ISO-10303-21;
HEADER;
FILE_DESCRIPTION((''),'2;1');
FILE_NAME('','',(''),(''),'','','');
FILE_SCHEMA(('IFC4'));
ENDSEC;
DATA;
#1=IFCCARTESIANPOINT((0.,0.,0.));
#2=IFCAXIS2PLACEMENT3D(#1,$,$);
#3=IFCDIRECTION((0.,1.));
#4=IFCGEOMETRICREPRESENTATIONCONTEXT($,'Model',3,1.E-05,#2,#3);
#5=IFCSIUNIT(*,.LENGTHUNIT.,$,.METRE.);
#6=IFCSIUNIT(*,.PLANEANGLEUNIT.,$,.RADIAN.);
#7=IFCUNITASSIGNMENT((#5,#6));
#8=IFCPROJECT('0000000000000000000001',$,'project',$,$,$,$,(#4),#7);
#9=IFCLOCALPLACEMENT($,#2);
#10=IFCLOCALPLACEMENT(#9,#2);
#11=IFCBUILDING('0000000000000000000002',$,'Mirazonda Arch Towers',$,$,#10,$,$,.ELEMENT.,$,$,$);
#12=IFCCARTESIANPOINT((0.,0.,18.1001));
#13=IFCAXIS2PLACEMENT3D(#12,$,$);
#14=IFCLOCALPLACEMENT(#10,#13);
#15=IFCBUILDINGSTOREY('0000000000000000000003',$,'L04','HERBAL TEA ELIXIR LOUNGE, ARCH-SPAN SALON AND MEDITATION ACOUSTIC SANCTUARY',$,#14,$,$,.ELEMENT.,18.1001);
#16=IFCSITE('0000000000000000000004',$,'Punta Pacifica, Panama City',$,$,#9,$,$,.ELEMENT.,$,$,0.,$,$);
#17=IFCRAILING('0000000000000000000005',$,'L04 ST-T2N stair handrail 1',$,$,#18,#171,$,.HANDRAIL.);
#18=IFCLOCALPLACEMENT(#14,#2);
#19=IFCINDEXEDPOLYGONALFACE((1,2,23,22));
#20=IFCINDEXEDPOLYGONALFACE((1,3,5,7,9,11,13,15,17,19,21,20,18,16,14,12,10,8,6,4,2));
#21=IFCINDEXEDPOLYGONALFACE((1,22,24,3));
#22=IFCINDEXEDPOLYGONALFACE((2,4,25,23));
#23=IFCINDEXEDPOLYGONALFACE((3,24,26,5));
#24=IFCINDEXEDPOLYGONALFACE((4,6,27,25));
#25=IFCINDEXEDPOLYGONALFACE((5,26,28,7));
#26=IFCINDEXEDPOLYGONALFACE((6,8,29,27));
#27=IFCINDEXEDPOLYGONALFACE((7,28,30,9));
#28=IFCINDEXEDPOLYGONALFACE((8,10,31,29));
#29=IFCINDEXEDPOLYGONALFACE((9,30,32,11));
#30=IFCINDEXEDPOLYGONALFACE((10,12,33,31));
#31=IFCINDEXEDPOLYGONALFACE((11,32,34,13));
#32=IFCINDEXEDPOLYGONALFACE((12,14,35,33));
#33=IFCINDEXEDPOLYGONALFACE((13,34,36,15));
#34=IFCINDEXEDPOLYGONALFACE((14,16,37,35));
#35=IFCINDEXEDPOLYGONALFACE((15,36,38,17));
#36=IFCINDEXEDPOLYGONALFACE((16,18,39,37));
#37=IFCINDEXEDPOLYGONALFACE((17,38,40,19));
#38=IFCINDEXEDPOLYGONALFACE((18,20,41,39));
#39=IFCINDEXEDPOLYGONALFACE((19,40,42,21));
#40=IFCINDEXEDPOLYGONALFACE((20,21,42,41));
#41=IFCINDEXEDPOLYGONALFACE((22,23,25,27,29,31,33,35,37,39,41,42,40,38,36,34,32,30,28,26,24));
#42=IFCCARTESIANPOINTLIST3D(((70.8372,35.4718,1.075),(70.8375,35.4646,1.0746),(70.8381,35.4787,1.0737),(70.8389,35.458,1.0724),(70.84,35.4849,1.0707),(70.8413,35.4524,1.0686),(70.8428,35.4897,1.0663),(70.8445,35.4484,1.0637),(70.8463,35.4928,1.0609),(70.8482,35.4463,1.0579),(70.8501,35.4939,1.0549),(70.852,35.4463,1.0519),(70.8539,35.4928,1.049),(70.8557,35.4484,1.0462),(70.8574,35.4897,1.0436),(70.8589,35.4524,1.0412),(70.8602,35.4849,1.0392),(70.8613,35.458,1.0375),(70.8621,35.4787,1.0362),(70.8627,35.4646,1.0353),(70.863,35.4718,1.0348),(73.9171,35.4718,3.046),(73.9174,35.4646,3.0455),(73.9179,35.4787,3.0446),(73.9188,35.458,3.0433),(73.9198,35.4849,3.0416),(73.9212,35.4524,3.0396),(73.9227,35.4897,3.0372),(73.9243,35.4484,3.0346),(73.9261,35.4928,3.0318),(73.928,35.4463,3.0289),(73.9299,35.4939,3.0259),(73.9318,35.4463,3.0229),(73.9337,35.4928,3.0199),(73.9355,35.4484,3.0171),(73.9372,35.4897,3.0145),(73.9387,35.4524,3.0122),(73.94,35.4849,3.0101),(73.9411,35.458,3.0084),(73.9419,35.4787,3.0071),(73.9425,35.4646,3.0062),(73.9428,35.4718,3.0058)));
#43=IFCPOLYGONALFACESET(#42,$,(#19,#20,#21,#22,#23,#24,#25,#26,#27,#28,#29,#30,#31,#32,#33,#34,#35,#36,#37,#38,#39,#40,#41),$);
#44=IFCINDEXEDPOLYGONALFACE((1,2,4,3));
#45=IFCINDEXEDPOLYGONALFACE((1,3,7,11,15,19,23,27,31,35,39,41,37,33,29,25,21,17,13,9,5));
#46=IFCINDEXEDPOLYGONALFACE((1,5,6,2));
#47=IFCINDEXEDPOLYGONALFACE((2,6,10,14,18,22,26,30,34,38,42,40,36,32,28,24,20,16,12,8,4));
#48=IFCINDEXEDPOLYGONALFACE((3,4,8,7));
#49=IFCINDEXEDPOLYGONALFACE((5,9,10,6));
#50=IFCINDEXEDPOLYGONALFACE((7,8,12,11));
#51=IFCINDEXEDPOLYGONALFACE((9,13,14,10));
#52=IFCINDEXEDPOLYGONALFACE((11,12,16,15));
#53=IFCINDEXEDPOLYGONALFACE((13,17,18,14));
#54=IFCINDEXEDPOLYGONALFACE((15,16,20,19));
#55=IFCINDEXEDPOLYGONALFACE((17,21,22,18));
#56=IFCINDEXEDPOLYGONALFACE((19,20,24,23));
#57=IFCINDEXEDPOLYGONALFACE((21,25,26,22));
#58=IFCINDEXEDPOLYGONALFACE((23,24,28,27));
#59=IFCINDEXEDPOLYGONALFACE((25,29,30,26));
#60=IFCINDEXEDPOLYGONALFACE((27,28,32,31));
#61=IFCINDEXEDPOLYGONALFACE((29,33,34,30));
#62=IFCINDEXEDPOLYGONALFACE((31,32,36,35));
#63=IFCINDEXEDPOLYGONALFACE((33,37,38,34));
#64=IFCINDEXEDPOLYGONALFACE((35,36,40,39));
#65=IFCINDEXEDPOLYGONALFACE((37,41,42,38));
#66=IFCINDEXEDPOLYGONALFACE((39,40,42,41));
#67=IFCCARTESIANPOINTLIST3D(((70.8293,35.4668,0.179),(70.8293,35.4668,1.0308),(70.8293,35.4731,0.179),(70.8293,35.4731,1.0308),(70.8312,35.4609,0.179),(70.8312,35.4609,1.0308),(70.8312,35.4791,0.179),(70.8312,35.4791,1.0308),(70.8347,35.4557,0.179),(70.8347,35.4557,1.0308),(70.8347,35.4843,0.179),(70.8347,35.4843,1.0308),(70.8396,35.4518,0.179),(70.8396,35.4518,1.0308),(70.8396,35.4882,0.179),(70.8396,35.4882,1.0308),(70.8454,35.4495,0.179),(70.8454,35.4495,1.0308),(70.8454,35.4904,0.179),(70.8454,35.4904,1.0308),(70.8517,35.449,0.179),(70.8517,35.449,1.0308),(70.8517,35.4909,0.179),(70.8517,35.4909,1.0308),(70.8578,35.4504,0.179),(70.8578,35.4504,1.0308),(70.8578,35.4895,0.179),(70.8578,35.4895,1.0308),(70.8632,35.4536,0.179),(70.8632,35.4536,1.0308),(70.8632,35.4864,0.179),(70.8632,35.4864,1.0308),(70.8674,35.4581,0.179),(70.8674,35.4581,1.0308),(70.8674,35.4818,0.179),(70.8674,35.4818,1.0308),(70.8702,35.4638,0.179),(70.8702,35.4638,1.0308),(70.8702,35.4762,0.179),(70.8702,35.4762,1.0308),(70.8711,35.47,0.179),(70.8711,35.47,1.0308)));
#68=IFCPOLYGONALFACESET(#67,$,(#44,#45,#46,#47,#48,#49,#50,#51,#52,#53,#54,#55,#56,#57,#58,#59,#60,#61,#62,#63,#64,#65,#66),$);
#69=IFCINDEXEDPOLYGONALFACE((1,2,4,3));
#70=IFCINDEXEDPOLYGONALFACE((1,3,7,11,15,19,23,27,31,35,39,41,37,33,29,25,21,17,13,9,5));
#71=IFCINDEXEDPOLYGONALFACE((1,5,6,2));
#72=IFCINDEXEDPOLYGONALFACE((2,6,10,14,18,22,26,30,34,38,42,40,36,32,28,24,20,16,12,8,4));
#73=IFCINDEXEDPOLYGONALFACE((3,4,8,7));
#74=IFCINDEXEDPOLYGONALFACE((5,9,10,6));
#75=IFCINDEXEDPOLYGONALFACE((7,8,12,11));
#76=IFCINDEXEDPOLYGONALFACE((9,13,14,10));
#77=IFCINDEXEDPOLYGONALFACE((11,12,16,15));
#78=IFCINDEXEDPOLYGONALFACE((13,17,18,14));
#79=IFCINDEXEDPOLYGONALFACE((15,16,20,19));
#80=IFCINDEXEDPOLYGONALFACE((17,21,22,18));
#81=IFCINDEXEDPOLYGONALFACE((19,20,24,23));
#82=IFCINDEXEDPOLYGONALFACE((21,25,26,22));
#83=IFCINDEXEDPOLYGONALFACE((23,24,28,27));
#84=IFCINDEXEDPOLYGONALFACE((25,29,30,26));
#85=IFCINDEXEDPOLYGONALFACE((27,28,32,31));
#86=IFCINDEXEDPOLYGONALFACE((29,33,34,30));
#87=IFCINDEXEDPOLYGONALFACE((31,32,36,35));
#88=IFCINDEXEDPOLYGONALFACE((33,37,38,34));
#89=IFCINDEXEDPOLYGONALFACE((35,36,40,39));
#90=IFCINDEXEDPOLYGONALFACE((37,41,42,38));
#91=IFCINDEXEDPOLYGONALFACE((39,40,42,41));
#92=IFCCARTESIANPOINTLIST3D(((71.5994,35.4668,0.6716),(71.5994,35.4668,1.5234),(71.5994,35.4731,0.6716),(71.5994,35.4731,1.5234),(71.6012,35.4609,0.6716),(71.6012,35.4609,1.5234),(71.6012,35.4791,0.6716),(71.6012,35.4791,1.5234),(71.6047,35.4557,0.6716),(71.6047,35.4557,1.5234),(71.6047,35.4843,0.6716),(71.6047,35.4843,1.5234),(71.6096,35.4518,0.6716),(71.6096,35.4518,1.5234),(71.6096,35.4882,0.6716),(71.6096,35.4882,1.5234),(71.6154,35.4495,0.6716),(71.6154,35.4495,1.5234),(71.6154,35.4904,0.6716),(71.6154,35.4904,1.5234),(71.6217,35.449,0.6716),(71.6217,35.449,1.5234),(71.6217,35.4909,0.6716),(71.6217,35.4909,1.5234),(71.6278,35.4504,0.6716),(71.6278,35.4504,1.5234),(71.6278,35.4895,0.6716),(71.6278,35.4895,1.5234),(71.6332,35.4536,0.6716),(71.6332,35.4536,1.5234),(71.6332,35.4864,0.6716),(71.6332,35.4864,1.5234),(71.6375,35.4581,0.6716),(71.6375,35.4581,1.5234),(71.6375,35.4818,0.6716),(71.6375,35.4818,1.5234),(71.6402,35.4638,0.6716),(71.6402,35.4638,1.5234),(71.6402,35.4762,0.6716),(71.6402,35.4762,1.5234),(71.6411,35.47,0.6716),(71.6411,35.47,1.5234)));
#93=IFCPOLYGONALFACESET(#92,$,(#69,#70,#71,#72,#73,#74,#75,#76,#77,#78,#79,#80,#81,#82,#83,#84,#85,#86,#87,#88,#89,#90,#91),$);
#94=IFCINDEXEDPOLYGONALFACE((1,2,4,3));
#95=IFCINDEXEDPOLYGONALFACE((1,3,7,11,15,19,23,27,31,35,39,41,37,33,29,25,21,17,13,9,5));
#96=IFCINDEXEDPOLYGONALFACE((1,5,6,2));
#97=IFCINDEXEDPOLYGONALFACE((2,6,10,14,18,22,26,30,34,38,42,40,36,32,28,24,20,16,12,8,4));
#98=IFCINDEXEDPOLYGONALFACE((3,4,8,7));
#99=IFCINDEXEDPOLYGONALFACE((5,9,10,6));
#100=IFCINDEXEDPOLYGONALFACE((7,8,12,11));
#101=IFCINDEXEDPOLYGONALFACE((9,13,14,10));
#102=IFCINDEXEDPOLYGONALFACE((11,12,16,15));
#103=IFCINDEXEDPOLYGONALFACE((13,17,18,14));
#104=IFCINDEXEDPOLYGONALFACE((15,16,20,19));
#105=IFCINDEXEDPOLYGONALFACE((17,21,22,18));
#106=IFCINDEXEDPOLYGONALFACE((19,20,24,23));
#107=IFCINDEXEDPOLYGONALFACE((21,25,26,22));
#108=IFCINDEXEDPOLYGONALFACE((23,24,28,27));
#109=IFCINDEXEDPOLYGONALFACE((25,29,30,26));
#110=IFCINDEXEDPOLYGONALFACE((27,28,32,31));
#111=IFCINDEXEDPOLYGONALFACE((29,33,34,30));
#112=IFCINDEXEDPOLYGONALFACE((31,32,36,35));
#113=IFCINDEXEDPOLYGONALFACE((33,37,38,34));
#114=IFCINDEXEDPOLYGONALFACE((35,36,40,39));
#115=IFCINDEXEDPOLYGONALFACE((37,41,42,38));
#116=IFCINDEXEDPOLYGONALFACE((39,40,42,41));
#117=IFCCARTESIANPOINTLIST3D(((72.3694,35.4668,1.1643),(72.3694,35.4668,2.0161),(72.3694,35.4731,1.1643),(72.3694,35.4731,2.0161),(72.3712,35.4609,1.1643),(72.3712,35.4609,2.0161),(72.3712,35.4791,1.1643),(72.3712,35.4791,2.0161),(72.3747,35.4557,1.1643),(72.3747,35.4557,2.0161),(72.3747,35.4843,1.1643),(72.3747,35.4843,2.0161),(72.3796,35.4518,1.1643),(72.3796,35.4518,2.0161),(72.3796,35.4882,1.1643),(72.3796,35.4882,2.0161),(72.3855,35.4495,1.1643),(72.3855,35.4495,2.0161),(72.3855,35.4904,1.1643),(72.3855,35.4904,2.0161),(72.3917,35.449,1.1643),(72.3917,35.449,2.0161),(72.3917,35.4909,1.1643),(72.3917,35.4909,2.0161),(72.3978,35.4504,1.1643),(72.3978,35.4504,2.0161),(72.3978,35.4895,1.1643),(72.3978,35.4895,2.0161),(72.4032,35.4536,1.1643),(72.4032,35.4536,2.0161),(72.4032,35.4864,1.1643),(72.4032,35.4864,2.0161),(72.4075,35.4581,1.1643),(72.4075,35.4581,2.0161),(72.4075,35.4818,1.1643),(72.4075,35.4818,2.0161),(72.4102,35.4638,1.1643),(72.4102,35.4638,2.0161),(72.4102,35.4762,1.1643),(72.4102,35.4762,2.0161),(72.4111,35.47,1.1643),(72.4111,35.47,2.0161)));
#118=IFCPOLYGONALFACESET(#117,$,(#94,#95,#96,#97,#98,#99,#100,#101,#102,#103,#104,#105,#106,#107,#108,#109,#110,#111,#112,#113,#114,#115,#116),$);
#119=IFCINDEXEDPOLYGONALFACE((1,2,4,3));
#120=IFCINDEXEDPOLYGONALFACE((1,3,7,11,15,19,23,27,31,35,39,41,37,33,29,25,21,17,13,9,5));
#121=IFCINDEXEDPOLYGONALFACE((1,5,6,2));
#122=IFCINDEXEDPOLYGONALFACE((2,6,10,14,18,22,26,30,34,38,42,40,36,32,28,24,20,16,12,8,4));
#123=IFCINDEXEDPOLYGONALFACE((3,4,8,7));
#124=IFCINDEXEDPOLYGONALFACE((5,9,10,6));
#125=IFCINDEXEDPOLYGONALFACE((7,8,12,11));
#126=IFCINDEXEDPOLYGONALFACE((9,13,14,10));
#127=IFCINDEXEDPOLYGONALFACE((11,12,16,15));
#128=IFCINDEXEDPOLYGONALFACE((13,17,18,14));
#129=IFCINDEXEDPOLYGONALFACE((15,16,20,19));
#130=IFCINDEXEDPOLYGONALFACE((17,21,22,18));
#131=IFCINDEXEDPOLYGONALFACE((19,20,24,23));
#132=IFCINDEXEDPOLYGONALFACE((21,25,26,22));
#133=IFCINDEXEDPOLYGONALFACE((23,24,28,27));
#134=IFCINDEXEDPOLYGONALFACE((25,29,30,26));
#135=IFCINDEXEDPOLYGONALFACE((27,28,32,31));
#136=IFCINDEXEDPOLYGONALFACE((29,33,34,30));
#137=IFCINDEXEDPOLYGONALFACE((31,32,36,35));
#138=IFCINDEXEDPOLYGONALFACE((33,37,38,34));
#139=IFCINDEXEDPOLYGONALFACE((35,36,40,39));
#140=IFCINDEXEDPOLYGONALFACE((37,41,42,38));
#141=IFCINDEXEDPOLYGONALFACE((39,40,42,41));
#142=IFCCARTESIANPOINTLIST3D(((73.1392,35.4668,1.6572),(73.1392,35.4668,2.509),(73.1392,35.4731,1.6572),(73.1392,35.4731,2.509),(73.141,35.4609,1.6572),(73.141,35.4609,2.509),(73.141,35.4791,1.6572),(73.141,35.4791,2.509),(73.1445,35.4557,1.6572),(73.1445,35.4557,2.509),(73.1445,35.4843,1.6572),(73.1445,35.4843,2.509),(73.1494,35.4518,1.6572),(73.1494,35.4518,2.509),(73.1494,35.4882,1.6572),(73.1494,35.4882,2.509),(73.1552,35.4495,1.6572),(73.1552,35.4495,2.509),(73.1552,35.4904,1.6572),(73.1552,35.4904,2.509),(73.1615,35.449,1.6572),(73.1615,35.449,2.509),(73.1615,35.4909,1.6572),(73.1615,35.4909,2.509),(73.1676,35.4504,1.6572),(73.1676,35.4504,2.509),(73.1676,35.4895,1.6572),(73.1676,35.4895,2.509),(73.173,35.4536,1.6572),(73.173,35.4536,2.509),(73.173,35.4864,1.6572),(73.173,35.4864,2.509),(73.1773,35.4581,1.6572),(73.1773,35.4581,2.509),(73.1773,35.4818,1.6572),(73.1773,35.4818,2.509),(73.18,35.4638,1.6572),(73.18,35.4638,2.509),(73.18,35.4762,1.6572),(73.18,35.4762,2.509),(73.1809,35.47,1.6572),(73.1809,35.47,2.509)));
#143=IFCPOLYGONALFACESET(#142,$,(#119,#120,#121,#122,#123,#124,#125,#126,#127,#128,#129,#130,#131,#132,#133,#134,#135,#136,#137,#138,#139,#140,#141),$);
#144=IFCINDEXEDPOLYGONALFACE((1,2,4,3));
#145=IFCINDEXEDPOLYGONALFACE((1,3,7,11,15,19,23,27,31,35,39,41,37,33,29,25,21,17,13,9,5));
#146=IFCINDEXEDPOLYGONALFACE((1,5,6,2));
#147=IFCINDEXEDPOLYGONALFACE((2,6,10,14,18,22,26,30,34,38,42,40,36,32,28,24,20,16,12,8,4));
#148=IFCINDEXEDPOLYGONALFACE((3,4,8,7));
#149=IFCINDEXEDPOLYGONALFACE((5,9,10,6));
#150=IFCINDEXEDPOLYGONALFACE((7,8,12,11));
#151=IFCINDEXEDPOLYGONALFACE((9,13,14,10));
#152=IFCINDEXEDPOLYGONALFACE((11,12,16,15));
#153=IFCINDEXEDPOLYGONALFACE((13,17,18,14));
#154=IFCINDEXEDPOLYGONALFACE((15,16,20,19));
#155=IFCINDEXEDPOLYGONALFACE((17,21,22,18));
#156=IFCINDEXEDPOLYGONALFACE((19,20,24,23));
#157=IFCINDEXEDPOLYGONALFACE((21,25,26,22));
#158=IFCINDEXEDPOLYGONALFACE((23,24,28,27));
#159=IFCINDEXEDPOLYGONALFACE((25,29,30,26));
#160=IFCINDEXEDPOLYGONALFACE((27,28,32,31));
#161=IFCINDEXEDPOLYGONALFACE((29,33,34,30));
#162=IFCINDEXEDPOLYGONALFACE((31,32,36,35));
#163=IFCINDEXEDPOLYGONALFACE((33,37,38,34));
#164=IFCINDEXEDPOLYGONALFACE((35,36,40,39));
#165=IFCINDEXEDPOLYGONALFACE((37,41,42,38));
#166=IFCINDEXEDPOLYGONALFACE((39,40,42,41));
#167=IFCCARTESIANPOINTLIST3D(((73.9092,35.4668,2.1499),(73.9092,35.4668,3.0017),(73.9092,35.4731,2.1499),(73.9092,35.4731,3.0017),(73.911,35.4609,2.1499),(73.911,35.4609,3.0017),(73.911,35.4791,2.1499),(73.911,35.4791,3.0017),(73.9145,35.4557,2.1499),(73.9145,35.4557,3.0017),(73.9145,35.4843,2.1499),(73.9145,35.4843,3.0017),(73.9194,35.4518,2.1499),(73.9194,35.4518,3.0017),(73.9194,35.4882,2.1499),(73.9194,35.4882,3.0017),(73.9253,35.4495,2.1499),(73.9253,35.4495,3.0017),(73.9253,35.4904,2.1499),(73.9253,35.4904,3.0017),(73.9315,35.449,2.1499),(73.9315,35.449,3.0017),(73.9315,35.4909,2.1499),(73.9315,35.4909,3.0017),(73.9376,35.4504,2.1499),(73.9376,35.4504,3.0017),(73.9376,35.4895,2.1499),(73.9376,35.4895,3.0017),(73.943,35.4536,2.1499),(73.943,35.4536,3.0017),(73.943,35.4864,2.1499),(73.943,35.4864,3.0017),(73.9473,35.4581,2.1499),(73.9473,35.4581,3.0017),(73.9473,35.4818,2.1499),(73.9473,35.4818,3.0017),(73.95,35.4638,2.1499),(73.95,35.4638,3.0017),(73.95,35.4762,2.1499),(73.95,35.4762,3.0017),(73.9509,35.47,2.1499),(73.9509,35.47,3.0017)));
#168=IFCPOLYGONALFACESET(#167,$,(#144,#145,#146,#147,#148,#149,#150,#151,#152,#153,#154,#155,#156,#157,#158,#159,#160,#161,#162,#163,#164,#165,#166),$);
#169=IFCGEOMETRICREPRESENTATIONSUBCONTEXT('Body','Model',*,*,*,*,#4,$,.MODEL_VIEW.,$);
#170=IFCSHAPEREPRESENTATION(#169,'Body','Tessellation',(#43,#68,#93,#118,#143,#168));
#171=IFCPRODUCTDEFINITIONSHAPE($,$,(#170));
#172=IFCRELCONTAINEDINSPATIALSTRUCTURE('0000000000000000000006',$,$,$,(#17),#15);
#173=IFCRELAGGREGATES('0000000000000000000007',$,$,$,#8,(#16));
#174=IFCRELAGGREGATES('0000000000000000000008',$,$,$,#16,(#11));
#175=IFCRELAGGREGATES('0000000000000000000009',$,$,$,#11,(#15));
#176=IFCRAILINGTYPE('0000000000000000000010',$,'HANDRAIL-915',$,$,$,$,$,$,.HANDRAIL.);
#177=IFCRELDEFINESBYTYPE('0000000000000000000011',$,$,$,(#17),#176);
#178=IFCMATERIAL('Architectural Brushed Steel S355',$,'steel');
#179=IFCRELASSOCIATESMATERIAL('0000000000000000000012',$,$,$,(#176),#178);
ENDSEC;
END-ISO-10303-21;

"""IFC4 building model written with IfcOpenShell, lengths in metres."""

from ifc_helpers import new_model, si_unit, direction, frame, origin, origin_2d, place, context, subcontext, project, spatial, circle, extrude, material, type_object, element, save


model = new_model("IFC4")

# Units and contexts
model_context = context("Model", 3, precision=1e-05, world=origin(), true_north=direction((0.0, 1.0)))
body_context = subcontext(model_context, "Body", "Model", "MODEL_VIEW")
ifc_project = project(units=[si_unit("LENGTHUNIT", "METRE"), si_unit("PLANEANGLEUNIT", "RADIAN")], contexts=[model_context])

# Site, building, storey
site_placement = place(None, origin())
site = spatial("IfcSite", under=ifc_project, at=site_placement, Name="Punta Pacifica, Panama City", CompositionType="ELEMENT", RefElevation=0.0)
building_placement = place(site_placement, origin())
building = spatial("IfcBuilding", under=site, at=building_placement, Name="Mirazonda Arch Towers", CompositionType="ELEMENT")
storey_placement = place(building_placement, frame((0.0, 0.0, 18.1001)))
storey = spatial("IfcBuildingStorey", under=building, at=storey_placement, Name="L04", Description="HERBAL TEA ELIXIR LOUNGE, ARCH-SPAN SALON AND MEDITATION ACOUSTIC SANCTUARY", CompositionType="ELEMENT", Elevation=18.1001)

# Shared definitions
ifc_material_1 = material(Name="Architectural Brushed Steel S355", Category="steel")

# Railing
railing_type_1 = type_object("IfcRailingType", Name="HANDRAIL-915", PredefinedType="HANDRAIL", material=ifc_material_1)
railing_1_placement = place(storey_placement, frame((70.8501, 35.47, 0.179)))
element("IfcRailing", 1, at=railing_1_placement, inside=storey, type_object=railing_type_1, Name="L04 ST-T2N stair handrail 1", PredefinedType="HANDRAIL", context=body_context, shape_type="SweptSolid", body=[
    extrude(circle(Radius=0.0239, at=origin_2d()), frame((0.0, 0.0, 0.876), z_axis=(0.84229, 0.0, 0.539025), x_axis=(0.0, 1.0, 0.0)), (0.0, 0.0, 1.0), 3.6565),
    extrude(circle(Radius=0.021, at=origin_2d()), origin(), (0.0, 0.0, 1.0), 0.8518),
    extrude(circle(Radius=0.021, at=origin_2d()), frame((0.77, 0.0, 0.4927)), (0.0, 0.0, 1.0), 0.8518),
    extrude(circle(Radius=0.021, at=origin_2d()), frame((1.54, 0.0, 0.9854)), (0.0, 0.0, 1.0), 0.8518),
    extrude(circle(Radius=0.021, at=origin_2d()), frame((2.3098, 0.0, 1.4783)), (0.0, 0.0, 1.0), 0.8518),
    extrude(circle(Radius=0.021, at=origin_2d()), frame((3.0798, 0.0, 1.9709)), (0.0, 0.0, 1.0), 0.8518),
])

save(model, "model.ifc")
